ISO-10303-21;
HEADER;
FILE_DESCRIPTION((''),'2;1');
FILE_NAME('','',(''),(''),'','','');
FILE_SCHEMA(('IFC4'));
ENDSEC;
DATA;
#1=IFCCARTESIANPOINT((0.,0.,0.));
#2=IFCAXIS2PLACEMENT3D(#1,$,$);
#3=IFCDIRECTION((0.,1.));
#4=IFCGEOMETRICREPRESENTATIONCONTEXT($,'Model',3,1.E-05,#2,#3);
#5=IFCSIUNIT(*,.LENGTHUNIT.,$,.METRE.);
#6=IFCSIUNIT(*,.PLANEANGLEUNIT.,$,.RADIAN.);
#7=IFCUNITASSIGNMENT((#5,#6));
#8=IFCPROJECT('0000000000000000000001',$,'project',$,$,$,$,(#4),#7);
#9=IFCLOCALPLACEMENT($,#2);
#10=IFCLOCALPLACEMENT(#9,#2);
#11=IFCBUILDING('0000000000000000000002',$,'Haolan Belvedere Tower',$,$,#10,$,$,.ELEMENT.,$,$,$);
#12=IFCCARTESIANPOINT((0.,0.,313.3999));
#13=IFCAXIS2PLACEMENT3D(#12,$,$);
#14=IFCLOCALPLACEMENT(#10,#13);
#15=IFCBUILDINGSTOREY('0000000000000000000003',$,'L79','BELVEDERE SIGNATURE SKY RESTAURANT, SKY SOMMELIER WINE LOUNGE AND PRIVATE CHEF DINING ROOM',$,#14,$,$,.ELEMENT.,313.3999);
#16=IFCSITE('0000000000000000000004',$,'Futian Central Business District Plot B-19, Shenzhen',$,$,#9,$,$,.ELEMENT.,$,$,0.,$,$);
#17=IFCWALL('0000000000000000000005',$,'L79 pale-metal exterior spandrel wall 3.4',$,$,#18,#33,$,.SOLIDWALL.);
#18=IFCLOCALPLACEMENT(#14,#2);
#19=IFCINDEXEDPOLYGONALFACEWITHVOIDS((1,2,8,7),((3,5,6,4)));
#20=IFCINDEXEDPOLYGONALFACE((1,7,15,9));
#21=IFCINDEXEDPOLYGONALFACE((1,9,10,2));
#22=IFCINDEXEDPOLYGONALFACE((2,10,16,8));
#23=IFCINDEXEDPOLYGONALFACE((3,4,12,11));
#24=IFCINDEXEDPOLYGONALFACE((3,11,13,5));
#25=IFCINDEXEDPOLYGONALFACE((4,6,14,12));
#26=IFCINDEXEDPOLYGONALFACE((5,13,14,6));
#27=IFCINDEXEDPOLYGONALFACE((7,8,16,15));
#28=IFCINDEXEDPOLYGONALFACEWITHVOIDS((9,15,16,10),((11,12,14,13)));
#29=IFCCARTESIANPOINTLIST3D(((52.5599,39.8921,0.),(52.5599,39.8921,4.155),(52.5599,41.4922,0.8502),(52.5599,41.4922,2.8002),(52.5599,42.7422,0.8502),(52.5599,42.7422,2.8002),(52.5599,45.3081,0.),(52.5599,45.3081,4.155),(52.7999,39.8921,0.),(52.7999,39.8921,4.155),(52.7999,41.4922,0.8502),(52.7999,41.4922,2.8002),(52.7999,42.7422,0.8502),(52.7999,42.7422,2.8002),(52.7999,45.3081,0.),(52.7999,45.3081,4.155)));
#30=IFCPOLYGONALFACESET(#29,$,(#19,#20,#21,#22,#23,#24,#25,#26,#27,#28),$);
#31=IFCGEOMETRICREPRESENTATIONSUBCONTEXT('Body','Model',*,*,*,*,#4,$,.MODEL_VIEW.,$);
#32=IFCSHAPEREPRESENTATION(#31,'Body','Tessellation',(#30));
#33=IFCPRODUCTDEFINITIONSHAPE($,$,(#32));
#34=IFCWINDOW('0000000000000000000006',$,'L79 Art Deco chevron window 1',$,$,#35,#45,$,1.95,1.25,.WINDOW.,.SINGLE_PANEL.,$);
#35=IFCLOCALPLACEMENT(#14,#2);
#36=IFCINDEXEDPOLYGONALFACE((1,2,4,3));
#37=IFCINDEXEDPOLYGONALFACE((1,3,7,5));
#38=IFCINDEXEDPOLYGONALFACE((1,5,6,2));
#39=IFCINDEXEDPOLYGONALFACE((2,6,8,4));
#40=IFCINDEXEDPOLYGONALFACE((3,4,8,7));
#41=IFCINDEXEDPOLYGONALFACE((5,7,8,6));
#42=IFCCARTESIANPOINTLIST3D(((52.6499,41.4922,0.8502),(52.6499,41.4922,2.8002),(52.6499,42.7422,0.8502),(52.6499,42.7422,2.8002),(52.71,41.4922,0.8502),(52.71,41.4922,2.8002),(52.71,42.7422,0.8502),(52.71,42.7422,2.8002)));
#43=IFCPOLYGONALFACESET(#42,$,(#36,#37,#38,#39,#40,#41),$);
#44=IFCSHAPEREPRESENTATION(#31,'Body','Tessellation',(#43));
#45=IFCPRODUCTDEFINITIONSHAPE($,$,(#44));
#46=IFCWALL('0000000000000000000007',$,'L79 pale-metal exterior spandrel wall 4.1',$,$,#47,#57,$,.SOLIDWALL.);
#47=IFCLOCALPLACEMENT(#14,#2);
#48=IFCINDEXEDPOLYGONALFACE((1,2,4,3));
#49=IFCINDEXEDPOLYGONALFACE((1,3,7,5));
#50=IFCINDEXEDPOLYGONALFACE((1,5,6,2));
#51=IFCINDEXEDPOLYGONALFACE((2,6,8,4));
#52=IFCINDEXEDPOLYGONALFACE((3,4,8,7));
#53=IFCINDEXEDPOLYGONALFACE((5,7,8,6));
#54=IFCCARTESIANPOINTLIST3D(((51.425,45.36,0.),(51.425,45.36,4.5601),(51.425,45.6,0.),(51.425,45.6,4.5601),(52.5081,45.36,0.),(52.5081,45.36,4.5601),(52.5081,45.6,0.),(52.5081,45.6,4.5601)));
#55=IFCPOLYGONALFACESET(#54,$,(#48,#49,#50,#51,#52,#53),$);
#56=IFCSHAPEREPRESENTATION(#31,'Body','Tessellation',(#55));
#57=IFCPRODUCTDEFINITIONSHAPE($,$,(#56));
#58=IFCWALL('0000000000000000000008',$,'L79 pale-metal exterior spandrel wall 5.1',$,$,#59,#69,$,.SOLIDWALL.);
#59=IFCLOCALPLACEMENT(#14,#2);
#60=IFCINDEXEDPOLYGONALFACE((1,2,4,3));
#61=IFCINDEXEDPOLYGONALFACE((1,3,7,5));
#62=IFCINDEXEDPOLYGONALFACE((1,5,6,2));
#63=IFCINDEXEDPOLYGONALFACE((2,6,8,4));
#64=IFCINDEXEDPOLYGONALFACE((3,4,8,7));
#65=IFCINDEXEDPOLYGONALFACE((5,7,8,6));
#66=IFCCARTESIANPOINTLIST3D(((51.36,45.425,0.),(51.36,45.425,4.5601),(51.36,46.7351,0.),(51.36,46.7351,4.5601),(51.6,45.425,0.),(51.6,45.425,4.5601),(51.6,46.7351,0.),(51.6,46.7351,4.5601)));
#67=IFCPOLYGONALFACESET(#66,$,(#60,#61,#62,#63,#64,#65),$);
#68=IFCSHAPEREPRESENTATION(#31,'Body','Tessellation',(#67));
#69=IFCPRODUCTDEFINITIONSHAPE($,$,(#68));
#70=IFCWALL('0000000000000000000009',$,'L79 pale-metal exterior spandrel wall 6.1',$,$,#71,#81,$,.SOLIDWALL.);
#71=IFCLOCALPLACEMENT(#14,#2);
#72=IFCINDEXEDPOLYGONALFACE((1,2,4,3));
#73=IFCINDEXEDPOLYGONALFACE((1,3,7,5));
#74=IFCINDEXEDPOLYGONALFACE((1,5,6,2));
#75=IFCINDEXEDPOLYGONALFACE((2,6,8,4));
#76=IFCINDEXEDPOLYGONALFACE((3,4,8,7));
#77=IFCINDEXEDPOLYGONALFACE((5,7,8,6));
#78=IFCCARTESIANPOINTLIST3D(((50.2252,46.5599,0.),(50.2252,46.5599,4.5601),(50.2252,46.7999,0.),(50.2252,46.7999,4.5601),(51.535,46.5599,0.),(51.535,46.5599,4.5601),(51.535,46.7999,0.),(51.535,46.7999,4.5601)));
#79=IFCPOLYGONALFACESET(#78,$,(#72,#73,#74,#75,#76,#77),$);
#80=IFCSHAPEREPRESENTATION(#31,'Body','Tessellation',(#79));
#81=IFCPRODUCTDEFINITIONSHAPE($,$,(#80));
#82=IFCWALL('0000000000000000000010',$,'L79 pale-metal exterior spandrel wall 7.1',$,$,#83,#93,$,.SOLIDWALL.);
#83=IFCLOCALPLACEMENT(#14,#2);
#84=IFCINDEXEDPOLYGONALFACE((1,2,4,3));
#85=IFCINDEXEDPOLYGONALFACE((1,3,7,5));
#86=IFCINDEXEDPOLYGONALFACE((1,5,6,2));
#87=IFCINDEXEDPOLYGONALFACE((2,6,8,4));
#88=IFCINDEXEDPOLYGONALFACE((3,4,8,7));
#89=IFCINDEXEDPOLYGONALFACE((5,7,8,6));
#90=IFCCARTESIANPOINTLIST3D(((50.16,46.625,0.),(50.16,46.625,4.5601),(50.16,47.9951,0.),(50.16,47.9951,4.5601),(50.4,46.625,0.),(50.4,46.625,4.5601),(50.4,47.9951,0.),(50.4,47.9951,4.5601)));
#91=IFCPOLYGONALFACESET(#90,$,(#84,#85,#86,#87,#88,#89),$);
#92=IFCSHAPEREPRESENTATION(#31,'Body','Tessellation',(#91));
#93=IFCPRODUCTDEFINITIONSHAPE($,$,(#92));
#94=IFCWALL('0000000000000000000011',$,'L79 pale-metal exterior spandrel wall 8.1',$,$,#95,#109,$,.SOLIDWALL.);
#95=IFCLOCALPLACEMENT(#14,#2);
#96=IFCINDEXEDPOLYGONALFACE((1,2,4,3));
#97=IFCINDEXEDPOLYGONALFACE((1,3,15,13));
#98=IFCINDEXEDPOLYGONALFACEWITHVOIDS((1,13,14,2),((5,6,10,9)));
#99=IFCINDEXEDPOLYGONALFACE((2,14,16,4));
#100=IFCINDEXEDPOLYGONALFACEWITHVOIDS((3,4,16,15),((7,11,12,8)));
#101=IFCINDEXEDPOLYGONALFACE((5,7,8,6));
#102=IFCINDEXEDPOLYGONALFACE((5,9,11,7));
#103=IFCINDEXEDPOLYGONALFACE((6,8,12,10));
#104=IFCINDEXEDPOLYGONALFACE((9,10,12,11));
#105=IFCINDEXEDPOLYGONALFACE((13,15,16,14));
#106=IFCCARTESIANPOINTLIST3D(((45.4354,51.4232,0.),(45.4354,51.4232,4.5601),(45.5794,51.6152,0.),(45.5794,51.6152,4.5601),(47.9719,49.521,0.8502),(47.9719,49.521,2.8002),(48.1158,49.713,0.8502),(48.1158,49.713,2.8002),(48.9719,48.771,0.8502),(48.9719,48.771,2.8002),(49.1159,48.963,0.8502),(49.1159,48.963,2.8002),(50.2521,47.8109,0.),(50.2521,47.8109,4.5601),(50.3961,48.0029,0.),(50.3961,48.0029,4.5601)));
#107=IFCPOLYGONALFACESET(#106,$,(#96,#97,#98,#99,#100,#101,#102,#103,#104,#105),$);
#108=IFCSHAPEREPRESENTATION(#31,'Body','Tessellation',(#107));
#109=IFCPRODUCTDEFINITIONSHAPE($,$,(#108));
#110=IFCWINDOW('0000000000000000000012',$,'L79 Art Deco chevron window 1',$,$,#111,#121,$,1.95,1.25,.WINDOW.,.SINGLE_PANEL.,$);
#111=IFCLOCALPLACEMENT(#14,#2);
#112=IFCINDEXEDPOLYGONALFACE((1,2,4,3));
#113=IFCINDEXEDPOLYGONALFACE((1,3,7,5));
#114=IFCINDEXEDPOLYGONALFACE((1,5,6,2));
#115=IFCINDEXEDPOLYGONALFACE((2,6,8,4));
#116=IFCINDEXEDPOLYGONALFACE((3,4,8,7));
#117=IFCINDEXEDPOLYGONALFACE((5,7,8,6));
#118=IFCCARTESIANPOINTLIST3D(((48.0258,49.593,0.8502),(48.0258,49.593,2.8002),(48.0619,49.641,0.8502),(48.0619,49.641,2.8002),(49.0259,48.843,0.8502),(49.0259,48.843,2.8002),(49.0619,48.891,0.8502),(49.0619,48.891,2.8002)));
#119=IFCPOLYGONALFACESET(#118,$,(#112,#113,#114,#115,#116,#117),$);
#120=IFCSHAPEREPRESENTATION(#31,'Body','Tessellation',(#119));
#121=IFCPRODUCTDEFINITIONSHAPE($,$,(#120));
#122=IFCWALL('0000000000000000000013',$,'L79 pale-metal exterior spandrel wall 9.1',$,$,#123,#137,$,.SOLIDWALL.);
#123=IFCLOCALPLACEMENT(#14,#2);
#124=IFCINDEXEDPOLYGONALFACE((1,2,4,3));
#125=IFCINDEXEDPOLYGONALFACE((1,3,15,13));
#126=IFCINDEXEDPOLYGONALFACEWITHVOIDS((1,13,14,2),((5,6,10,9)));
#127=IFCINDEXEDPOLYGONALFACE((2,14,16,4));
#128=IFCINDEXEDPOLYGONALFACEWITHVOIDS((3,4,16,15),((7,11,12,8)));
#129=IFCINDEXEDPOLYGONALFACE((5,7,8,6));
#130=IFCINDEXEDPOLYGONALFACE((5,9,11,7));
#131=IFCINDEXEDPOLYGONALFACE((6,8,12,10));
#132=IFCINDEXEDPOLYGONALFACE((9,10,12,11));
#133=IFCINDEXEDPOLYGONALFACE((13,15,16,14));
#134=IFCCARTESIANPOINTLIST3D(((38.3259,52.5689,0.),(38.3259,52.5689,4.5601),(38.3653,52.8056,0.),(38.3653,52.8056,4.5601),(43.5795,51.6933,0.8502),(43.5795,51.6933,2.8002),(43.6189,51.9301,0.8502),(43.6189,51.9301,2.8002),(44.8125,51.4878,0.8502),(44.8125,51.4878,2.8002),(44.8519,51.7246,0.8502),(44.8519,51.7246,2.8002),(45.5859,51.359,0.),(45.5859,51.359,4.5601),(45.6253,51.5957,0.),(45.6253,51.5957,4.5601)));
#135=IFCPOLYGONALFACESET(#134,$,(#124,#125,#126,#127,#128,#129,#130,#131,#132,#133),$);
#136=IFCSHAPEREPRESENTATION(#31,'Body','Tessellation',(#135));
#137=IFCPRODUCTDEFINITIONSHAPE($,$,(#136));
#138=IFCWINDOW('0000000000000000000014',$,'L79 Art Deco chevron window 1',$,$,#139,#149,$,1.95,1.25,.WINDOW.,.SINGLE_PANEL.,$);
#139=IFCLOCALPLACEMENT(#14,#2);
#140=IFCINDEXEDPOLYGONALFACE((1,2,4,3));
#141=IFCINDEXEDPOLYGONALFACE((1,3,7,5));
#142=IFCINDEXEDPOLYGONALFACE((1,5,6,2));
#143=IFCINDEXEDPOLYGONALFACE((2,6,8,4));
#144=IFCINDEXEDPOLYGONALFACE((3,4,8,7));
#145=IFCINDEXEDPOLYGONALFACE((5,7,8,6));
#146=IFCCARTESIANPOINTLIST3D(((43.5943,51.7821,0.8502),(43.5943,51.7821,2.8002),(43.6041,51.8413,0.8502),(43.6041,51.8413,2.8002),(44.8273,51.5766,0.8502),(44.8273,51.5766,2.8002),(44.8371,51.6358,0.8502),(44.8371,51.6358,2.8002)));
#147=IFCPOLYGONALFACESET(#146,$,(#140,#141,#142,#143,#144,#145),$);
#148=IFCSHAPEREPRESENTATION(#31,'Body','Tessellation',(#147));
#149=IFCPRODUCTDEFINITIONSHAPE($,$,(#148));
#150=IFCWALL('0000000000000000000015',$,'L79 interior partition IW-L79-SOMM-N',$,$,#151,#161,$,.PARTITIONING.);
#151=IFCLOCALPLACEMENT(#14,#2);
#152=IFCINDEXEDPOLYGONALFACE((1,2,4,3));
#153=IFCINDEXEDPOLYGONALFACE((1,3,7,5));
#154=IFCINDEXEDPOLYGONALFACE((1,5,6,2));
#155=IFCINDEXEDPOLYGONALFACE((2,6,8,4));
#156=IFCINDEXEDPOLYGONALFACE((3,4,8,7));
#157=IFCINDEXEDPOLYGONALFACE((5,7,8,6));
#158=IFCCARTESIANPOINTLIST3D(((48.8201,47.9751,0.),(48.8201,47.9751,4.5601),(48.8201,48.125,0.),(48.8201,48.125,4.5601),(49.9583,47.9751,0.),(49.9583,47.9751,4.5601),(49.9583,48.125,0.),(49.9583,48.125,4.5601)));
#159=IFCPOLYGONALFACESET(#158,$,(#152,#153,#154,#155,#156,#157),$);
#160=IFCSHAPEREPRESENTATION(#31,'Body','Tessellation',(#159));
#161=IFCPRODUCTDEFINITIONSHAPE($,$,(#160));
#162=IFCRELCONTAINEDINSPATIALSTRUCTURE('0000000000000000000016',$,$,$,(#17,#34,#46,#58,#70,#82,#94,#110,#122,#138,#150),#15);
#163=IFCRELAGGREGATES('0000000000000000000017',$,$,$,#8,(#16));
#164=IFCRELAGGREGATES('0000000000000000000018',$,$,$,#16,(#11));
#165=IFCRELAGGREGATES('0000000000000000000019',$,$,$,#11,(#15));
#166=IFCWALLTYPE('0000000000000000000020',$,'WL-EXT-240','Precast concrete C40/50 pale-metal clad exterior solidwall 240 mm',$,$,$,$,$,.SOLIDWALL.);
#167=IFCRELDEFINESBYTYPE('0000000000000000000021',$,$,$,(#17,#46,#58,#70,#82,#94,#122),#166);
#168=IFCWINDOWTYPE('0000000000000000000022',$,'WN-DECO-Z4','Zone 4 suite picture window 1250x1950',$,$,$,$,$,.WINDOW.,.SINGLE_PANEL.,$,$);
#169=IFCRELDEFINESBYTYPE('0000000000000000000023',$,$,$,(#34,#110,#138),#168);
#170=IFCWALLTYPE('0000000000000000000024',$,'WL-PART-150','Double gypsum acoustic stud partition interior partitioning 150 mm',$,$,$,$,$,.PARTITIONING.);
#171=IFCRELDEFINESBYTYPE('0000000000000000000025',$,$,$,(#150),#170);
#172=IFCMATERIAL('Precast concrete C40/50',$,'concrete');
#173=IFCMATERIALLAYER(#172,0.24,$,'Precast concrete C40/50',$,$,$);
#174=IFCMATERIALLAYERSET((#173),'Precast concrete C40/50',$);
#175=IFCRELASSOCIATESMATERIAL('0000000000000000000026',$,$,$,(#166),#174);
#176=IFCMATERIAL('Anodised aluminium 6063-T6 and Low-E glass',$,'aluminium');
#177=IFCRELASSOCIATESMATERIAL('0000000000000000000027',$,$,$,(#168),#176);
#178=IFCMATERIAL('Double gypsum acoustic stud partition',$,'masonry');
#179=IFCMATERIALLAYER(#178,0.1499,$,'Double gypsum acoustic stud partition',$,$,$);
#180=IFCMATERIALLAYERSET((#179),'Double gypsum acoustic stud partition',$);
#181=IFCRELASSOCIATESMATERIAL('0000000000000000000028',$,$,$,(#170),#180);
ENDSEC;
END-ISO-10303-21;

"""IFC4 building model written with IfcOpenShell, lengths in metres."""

from ifc_helpers import new_model, si_unit, direction, frame, frame_2d, origin, place, context, subcontext, project, spatial, rectangle, extrude, material, layer, layer_set, type_object, element, fill, save


model = new_model("IFC4")

# Units and contexts
model_context = context("Model", 3, precision=1e-05, world=origin(), true_north=direction((0.0, 1.0)))
body_context = subcontext(model_context, "Body", "Model", "MODEL_VIEW")
ifc_project = project(units=[si_unit("LENGTHUNIT", "METRE"), si_unit("PLANEANGLEUNIT", "RADIAN")], contexts=[model_context])

# Site, building, storey
site_placement = place(None, origin())
site = spatial("IfcSite", under=ifc_project, at=site_placement, Name="Futian Central Business District Plot B-19, Shenzhen", CompositionType="ELEMENT", RefElevation=0.0)
building_placement = place(site_placement, origin())
building = spatial("IfcBuilding", under=site, at=building_placement, Name="Haolan Belvedere Tower", CompositionType="ELEMENT")
storey_placement = place(building_placement, frame((0.0, 0.0, 313.3999)))
storey = spatial("IfcBuildingStorey", under=building, at=storey_placement, Name="L79", Description="BELVEDERE SIGNATURE SKY RESTAURANT, SKY SOMMELIER WINE LOUNGE AND PRIVATE CHEF DINING ROOM", CompositionType="ELEMENT", Elevation=313.3999)

# Wall, opening, window
ifc_material_1 = material(Name="Precast concrete C40/50", Category="concrete")
ifc_layer_1 = layer(ifc_material_1, 0.24, Name="Precast concrete C40/50")
ifc_layer_set_1 = layer_set([ifc_layer_1], Name="Precast concrete C40/50")
wall_type_1 = type_object("IfcWallType", Name="WL-EXT-240", Description="Precast concrete C40/50 pale-metal clad exterior solidwall 240 mm", PredefinedType="SOLIDWALL", material=ifc_layer_set_1)
wall_1_placement = place(storey_placement, frame((52.6799, 39.8921, 0.0), z_axis=(0.0, 0.0, 1.0), x_axis=(0.0, 1.0, 0.0)))
wall_1 = element("IfcWall", 1, at=wall_1_placement, inside=storey, type_object=wall_type_1, Name="L79 pale-metal exterior spandrel wall 3.4", PredefinedType="SOLIDWALL", context=body_context, shape_type="SweptSolid", body=[
    extrude(rectangle(XDim=5.416, YDim=0.24, at=frame_2d((2.708, 0.0))), origin(), (0.0, 0.0, 1.0), 4.155),
])
opening_1_placement = place(wall_1_placement, frame((1.6001, 0.0, 0.8501)))
opening_1 = element("IfcOpeningElement", 2, at=opening_1_placement, cuts=wall_1, PredefinedType="OPENING", context=body_context, shape_type="SweptSolid", body=[
    extrude(rectangle(XDim=1.25, YDim=1.95, at=frame_2d((0.625, 0.9751))), frame((0.0, 0.1299, 0.0), z_axis=(0.0, -1.0, 0.0), x_axis=(1.0, 0.0, 0.0)), (0.0, 0.0, 1.0), 0.26),
])
ifc_material_2 = material(Name="Anodised aluminium 6063-T6 and Low-E glass", Category="aluminium")
window_type = type_object("IfcWindowType", Name="WN-DECO-Z4", Description="Zone 4 suite picture window 1250x1950", PartitioningType="SINGLE_PANEL", PredefinedType="WINDOW", material=ifc_material_2)
window_1_placement = place(opening_1_placement, origin())
window_1 = element("IfcWindow", 3, at=window_1_placement, inside=storey, type_object=window_type, Name="L79 Art Deco chevron window 1", OverallHeight=1.95, OverallWidth=1.25, PartitioningType="SINGLE_PANEL", PredefinedType="WINDOW", context=body_context, shape_type="SweptSolid", body=[
    extrude(rectangle(XDim=1.25, YDim=1.95, at=frame_2d((0.625, 0.9751))), frame((0.0, 0.03, 0.0), z_axis=(0.0, -1.0, 0.0), x_axis=(1.0, 0.0, 0.0)), (0.0, 0.0, 1.0), 0.0601),
])
fill(opening_1, window_1)

# Walls
wall_2_placement = place(storey_placement, frame((52.5081, 45.48, 0.0), z_axis=(0.0, 0.0, 1.0), x_axis=(-1.0, 0.0, 0.0)))
element("IfcWall", 4, at=wall_2_placement, inside=storey, type_object=wall_type_1, Name="L79 pale-metal exterior spandrel wall 4.1", PredefinedType="SOLIDWALL", context=body_context, shape_type="SweptSolid", body=[
    extrude(rectangle(XDim=1.083, YDim=0.24, at=frame_2d((0.5415, 0.0))), origin(), (0.0, 0.0, 1.0), 4.5601),
])
wall_3_placement = place(storey_placement, frame((51.48, 45.425, 0.0), z_axis=(0.0, 0.0, 1.0), x_axis=(0.0, 1.0, 0.0)))
element("IfcWall", 5, at=wall_3_placement, inside=storey, type_object=wall_type_1, Name="L79 pale-metal exterior spandrel wall 5.1", PredefinedType="SOLIDWALL", context=body_context, shape_type="SweptSolid", body=[
    extrude(rectangle(XDim=1.3101, YDim=0.24, at=frame_2d((0.655, 0.0))), origin(), (0.0, 0.0, 1.0), 4.5601),
])
wall_4_placement = place(storey_placement, frame((51.5349, 46.6799, 0.0), z_axis=(0.0, 0.0, 1.0), x_axis=(-1.0, 0.0, 0.0)))
element("IfcWall", 6, at=wall_4_placement, inside=storey, type_object=wall_type_1, Name="L79 pale-metal exterior spandrel wall 6.1", PredefinedType="SOLIDWALL", context=body_context, shape_type="SweptSolid", body=[
    extrude(rectangle(XDim=1.3098, YDim=0.24, at=frame_2d((0.6548, 0.0))), origin(), (0.0, 0.0, 1.0), 4.5601),
])
wall_5_placement = place(storey_placement, frame((50.28, 46.625, 0.0), z_axis=(0.0, 0.0, 1.0), x_axis=(0.0, 1.0, 0.0)))
element("IfcWall", 7, at=wall_5_placement, inside=storey, type_object=wall_type_1, Name="L79 pale-metal exterior spandrel wall 7.1", PredefinedType="SOLIDWALL", context=body_context, shape_type="SweptSolid", body=[
    extrude(rectangle(XDim=1.3701, YDim=0.24, at=frame_2d((0.6851, 0.0))), origin(), (0.0, 0.0, 1.0), 4.5601),
])

# Walls, openings, windows
wall_6_placement = place(storey_placement, frame((50.324, 47.907, 0.0), z_axis=(0.0, 0.0, 1.0), x_axis=(-0.800015, 0.599981, 0.0)))
wall_6 = element("IfcWall", 8, at=wall_6_placement, inside=storey, type_object=wall_type_1, Name="L79 pale-metal exterior spandrel wall 8.1", PredefinedType="SOLIDWALL", context=body_context, shape_type="SweptSolid", body=[
    extrude(rectangle(XDim=6.0208, YDim=0.24, at=frame_2d((3.0103, 0.0))), origin(), (0.0, 0.0, 1.0), 4.5601),
])
opening_2_placement = place(wall_6_placement, frame((1.6001, 0.0, 0.8501)))
opening_2 = element("IfcOpeningElement", 9, at=opening_2_placement, cuts=wall_6, PredefinedType="OPENING", context=body_context, shape_type="SweptSolid", body=[
    extrude(rectangle(XDim=1.25, YDim=1.95, at=frame_2d((0.625, 0.9751))), frame((0.0, 0.1299, 0.0), z_axis=(0.0, -1.0, 0.0), x_axis=(1.0, 0.0, 0.0)), (0.0, 0.0, 1.0), 0.26),
])
window_2_placement = place(opening_2_placement, origin())
window_2 = element("IfcWindow", 10, at=window_2_placement, inside=storey, type_object=window_type, Name="L79 Art Deco chevron window 1", OverallHeight=1.95, OverallWidth=1.25, PartitioningType="SINGLE_PANEL", PredefinedType="WINDOW", context=body_context, shape_type="SweptSolid", body=[
    extrude(rectangle(XDim=1.25, YDim=1.95, at=frame_2d((0.625, 0.9751))), frame((0.0, 0.03, 0.0), z_axis=(0.0, -1.0, 0.0), x_axis=(1.0, 0.0, 0.0)), (0.0, 0.0, 1.0), 0.0601),
])
fill(opening_2, window_2)
wall_7_placement = place(storey_placement, frame((45.6057, 51.4773, 0.0), z_axis=(0.0, 0.0, 1.0), x_axis=(-0.986395, 0.164394, 0.0)))
wall_7 = element("IfcWall", 11, at=wall_7_placement, inside=storey, type_object=wall_type_1, Name="L79 pale-metal exterior spandrel wall 9.1", PredefinedType="SOLIDWALL", context=body_context, shape_type="SweptSolid", body=[
    extrude(rectangle(XDim=7.3601, YDim=0.24, at=frame_2d((3.6802, 0.0))), origin(), (0.0, 0.0, 1.0), 4.5601),
])
opening_3_placement = place(wall_7_placement, frame((0.7842, 0.0, 0.8501)))
opening_3 = element("IfcOpeningElement", 12, at=opening_3_placement, cuts=wall_7, PredefinedType="OPENING", context=body_context, shape_type="SweptSolid", body=[
    extrude(rectangle(XDim=1.25, YDim=1.95, at=frame_2d((0.625, 0.9751))), frame((0.0, 0.1299, 0.0), z_axis=(0.0, -1.0, 0.0), x_axis=(1.0, 0.0, 0.0)), (0.0, 0.0, 1.0), 0.26),
])
window_3_placement = place(opening_3_placement, origin())
window_3 = element("IfcWindow", 13, at=window_3_placement, inside=storey, type_object=window_type, Name="L79 Art Deco chevron window 1", OverallHeight=1.95, OverallWidth=1.25, PartitioningType="SINGLE_PANEL", PredefinedType="WINDOW", context=body_context, shape_type="SweptSolid", body=[
    extrude(rectangle(XDim=1.25, YDim=1.95, at=frame_2d((0.625, 0.9751))), frame((0.0, 0.03, 0.0), z_axis=(0.0, -1.0, 0.0), x_axis=(1.0, 0.0, 0.0)), (0.0, 0.0, 1.0), 0.0601),
])
fill(opening_3, window_3)

# Wall
ifc_material_3 = material(Name="Double gypsum acoustic stud partition", Category="masonry")
ifc_layer_2 = layer(ifc_material_3, 0.1499, Name="Double gypsum acoustic stud partition")
ifc_layer_set_2 = layer_set([ifc_layer_2], Name="Double gypsum acoustic stud partition")
wall_type_2 = type_object("IfcWallType", Name="WL-PART-150", Description="Double gypsum acoustic stud partition interior partitioning 150 mm", PredefinedType="PARTITIONING", material=ifc_layer_set_2)
wall_8_placement = place(storey_placement, frame((48.8201, 48.05, 0.0), z_axis=(0.0, 0.0, 1.0), x_axis=(1.0, 0.0, 0.0)))
element("IfcWall", 14, at=wall_8_placement, inside=storey, type_object=wall_type_2, Name="L79 interior partition IW-L79-SOMM-N", PredefinedType="PARTITIONING", context=body_context, shape_type="SweptSolid", body=[
    extrude(rectangle(XDim=1.1382, YDim=0.1499, at=frame_2d((0.5691, 0.0))), origin(), (0.0, 0.0, 1.0), 4.5601),
])

save(model, "model.ifc")
